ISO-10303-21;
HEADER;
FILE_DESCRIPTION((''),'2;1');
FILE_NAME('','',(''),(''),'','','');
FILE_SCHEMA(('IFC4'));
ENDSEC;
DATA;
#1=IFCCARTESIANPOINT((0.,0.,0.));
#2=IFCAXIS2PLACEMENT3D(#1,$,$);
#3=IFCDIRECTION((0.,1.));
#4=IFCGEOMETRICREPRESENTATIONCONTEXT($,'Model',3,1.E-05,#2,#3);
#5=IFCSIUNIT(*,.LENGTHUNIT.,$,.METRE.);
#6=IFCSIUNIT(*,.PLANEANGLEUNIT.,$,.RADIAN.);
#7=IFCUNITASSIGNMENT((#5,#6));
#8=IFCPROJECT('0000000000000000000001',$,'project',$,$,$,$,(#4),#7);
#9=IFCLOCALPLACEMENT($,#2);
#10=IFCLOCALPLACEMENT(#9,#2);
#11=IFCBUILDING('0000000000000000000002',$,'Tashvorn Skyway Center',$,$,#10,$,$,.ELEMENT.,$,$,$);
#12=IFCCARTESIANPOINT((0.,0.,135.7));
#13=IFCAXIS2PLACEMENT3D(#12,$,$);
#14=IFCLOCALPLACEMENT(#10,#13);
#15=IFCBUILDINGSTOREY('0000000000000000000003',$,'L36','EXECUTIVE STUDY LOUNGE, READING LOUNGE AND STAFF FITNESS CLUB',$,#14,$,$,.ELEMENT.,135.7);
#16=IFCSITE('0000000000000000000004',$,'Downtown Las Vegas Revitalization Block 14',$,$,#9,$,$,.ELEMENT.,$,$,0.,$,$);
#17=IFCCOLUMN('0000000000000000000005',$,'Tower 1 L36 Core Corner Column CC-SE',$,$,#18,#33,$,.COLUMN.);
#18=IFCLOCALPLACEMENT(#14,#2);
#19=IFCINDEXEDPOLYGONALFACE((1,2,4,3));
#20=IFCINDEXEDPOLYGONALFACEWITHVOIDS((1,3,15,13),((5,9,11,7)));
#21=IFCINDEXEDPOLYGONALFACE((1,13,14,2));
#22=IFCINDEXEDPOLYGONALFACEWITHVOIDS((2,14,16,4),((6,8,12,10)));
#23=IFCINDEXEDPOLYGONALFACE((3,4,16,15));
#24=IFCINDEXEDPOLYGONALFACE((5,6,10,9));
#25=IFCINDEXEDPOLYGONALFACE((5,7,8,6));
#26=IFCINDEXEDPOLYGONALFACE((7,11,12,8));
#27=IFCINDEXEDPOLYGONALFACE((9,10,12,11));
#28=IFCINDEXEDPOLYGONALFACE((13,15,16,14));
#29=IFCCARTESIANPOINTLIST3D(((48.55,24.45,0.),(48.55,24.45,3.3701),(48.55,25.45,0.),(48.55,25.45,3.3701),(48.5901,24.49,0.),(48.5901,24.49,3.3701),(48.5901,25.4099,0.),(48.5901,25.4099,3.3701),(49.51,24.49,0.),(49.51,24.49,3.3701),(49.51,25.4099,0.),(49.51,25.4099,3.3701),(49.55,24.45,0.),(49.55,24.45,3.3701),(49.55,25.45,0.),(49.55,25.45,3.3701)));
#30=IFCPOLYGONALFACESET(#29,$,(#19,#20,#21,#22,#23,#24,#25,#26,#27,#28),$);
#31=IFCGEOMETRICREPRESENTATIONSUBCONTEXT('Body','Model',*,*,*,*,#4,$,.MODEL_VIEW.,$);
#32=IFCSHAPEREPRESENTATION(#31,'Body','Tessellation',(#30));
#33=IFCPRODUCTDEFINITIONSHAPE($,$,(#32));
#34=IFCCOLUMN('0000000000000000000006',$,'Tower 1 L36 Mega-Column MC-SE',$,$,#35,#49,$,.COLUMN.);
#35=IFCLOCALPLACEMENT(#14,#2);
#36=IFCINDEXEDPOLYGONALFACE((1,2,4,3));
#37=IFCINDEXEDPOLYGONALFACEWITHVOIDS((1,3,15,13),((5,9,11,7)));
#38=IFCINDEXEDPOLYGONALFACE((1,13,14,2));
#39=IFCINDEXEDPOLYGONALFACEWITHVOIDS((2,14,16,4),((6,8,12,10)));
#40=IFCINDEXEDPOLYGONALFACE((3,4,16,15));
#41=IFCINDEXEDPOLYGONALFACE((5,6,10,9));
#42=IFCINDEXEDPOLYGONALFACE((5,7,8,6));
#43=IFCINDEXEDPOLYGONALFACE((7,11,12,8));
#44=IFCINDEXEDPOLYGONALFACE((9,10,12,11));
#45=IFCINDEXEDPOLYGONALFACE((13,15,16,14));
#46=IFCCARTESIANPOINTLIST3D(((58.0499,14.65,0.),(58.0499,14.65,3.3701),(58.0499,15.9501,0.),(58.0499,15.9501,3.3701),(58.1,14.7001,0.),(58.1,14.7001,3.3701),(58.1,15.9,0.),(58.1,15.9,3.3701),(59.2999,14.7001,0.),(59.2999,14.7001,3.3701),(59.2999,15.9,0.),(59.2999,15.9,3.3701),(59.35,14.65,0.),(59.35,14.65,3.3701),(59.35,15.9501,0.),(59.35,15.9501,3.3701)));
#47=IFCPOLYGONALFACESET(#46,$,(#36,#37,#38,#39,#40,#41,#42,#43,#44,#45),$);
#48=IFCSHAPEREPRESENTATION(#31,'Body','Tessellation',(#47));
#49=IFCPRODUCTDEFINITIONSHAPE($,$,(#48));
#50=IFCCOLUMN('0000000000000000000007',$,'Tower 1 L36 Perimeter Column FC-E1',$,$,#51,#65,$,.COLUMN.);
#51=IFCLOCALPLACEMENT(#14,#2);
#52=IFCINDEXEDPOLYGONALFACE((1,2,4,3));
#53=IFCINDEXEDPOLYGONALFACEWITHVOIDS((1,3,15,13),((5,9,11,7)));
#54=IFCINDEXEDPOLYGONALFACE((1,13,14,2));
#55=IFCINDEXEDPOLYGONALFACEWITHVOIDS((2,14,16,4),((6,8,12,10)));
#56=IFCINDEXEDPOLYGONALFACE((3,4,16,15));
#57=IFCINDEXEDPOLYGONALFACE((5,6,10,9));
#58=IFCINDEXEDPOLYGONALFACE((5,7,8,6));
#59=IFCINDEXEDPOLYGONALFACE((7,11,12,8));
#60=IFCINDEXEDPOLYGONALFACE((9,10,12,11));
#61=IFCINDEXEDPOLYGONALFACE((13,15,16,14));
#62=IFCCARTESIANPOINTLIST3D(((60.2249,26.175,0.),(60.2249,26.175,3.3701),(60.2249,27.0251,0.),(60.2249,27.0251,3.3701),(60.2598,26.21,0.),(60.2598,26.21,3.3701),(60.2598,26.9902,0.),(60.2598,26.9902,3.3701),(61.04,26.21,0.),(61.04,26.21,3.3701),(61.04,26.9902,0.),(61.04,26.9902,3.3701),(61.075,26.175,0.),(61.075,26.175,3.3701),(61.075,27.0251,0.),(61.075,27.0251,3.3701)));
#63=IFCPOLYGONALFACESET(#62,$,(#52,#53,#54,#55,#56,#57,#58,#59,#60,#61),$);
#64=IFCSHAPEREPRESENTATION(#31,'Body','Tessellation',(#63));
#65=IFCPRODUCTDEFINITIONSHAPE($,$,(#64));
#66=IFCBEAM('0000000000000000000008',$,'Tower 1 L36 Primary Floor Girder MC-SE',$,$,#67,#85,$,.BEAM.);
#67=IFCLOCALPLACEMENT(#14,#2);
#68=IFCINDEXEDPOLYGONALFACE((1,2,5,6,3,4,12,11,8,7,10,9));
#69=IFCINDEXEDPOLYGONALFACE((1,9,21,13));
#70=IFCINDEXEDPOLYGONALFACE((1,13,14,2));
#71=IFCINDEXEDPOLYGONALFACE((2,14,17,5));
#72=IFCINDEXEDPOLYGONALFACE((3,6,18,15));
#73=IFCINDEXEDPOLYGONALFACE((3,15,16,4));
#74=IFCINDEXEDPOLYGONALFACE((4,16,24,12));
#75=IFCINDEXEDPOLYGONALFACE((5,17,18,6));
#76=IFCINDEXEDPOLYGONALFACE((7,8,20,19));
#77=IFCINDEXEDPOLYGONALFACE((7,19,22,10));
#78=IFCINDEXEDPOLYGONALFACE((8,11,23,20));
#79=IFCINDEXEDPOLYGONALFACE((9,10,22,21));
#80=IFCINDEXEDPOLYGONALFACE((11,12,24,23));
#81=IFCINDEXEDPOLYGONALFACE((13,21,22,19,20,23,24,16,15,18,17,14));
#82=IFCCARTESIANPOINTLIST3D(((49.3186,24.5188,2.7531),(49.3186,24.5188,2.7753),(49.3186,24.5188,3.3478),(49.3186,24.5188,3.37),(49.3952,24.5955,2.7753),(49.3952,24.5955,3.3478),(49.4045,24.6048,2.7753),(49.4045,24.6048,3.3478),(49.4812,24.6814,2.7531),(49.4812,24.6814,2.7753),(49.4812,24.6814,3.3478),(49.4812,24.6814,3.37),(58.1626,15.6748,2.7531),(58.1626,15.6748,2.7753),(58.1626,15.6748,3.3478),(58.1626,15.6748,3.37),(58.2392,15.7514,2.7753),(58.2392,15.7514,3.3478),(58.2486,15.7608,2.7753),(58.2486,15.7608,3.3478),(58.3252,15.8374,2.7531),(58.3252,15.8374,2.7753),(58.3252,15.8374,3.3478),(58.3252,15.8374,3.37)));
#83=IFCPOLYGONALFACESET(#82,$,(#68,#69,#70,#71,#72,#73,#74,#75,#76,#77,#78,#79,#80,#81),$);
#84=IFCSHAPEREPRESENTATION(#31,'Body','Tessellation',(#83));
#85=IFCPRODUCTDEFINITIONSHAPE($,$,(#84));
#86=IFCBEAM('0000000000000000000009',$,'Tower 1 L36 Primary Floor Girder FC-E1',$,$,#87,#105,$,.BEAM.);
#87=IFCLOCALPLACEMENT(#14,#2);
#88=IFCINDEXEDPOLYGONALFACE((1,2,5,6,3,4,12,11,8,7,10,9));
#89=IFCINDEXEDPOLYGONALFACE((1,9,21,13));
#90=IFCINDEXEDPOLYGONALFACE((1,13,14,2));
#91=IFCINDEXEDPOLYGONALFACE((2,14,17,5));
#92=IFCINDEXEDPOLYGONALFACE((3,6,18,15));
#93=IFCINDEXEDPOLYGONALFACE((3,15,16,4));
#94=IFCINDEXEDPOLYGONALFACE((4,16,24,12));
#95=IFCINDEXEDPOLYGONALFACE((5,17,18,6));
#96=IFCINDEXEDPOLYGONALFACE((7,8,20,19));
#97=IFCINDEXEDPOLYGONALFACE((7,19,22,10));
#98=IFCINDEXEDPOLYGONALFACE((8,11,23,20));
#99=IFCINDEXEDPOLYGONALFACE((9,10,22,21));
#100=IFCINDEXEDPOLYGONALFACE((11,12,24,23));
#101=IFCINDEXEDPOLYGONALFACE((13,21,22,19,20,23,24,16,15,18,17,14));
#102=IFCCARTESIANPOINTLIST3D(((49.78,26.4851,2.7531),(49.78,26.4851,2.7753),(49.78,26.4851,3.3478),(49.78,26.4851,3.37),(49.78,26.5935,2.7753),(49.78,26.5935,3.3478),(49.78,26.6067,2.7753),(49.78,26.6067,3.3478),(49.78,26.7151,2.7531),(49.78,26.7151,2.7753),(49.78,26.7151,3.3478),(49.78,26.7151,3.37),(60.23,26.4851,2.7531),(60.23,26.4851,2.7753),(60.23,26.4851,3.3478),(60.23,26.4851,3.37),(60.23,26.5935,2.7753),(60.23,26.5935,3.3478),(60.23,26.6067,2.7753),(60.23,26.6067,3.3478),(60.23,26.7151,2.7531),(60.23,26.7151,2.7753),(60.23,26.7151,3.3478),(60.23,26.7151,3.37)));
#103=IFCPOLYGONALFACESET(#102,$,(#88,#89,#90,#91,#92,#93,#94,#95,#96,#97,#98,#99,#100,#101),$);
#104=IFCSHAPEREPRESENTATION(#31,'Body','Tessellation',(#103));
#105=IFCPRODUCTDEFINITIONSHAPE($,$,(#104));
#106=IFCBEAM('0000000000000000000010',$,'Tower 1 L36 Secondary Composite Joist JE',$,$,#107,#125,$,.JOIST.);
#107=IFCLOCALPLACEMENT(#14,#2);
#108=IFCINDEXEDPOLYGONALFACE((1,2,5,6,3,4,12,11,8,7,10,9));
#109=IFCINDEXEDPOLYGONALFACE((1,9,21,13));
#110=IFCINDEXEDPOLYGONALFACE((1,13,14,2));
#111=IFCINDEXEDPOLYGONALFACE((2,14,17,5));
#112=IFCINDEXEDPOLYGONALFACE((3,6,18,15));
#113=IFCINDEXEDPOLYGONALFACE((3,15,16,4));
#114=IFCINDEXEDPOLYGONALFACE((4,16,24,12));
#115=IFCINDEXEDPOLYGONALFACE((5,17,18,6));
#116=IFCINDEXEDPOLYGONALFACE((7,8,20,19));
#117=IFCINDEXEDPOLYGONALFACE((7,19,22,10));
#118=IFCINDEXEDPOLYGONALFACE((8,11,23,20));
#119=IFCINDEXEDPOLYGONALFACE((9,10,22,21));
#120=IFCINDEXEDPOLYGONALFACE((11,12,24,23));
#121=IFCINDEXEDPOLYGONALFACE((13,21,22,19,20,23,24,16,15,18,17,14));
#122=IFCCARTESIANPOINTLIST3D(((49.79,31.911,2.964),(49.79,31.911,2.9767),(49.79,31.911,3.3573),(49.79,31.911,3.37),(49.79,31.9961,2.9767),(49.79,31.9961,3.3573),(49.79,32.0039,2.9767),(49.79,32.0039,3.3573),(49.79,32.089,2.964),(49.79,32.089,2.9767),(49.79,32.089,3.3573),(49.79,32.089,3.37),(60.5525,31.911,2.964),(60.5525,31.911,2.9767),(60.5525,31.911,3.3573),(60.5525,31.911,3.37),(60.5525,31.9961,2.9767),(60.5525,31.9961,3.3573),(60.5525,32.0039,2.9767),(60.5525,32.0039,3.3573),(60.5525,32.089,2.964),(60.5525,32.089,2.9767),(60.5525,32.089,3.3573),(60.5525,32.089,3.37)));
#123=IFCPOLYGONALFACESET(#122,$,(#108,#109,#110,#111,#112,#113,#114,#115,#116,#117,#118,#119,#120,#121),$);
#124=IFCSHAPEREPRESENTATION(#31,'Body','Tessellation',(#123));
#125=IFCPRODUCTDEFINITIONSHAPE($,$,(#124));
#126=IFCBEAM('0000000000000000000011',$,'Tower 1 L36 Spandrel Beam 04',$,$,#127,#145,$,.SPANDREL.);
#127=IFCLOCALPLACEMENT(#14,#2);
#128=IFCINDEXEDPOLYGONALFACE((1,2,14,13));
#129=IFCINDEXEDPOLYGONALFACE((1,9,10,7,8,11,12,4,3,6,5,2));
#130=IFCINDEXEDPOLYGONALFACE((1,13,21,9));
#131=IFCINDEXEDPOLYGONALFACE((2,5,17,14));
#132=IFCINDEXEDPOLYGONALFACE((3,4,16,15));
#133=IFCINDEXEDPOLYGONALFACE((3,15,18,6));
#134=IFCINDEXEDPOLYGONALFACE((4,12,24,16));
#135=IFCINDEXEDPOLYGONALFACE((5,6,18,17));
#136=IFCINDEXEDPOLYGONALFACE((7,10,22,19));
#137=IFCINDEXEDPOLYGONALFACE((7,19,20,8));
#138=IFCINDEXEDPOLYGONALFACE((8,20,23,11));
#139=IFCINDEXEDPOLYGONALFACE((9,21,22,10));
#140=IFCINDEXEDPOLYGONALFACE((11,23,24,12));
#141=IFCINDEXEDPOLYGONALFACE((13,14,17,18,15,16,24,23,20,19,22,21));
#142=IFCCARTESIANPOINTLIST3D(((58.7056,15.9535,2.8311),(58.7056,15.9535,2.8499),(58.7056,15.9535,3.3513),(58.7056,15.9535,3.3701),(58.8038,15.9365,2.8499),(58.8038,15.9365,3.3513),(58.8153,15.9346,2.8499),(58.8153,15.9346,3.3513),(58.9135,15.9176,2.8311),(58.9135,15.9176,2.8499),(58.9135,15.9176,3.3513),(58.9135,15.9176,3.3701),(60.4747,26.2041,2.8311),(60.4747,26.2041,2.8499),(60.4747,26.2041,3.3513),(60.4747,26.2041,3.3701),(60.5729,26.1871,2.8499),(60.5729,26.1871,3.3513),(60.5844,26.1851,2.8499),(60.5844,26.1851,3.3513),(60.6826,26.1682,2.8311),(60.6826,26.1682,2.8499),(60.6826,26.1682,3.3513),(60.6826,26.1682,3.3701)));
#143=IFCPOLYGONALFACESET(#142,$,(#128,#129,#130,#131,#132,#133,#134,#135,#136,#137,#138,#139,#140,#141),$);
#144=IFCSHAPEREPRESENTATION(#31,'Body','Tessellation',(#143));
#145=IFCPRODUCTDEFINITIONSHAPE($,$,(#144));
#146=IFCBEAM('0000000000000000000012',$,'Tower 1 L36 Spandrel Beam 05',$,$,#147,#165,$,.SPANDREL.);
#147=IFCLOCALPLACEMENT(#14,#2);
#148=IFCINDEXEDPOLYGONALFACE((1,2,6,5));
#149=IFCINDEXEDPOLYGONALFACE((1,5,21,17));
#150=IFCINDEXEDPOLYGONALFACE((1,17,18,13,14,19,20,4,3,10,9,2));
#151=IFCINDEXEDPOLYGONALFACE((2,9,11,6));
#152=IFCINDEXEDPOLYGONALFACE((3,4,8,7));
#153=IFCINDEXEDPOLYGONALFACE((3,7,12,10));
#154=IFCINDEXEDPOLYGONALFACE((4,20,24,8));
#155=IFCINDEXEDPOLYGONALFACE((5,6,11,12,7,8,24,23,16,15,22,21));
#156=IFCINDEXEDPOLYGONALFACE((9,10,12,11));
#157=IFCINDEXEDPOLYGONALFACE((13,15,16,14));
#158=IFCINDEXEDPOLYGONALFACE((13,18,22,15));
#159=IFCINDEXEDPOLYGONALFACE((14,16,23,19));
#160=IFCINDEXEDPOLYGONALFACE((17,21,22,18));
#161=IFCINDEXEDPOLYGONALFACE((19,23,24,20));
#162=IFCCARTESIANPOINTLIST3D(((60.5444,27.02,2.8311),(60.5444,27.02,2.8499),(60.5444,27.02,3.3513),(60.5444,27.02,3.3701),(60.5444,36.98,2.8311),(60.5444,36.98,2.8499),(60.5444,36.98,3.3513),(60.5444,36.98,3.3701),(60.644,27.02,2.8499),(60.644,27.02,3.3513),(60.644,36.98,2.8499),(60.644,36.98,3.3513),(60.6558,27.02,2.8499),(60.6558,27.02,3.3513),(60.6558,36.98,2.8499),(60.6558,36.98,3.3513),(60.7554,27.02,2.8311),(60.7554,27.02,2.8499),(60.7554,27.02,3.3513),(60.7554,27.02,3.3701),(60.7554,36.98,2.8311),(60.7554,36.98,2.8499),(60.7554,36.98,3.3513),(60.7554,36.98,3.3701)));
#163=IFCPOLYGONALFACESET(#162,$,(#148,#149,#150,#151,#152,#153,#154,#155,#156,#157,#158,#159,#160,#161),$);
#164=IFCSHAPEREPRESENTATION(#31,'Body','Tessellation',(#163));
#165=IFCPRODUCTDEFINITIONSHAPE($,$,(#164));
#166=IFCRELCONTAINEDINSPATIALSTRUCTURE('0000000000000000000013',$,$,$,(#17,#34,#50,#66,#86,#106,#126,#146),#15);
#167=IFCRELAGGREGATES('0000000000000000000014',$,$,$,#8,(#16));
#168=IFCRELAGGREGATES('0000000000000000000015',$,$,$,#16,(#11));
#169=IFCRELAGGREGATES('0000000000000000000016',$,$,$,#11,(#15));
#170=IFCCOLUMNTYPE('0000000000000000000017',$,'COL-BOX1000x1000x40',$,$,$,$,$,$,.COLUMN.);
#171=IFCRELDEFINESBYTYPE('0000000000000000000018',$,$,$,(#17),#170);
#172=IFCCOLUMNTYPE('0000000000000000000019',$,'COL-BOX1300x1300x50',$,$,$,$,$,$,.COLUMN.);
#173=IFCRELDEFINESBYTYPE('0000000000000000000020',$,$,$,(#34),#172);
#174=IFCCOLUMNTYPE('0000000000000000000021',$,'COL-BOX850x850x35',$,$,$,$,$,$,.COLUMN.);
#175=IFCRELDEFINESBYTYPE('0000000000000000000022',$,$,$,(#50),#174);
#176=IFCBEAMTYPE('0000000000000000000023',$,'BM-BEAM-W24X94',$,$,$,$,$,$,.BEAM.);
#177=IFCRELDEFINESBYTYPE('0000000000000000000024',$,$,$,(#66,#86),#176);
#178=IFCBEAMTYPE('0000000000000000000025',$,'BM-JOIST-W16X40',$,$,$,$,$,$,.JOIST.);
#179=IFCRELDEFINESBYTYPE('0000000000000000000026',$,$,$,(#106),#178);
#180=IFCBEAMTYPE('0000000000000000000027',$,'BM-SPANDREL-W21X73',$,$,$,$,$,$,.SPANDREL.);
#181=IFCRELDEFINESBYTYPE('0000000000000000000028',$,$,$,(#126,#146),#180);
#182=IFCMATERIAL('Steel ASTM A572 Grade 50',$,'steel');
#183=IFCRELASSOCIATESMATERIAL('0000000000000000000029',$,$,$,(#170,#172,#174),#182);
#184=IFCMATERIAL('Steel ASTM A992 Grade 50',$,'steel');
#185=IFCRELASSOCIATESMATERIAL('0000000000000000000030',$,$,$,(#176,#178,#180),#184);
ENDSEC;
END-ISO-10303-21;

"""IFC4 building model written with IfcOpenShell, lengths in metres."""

from ifc_helpers import new_model, si_unit, direction, frame, origin, origin_2d, place, context, subcontext, project, spatial, hollow_rectangle, i_section, extrude, material, material_profile, profile_set, type_object, element, save


model = new_model("IFC4")

# Units and contexts
model_context = context("Model", 3, precision=1e-05, world=origin(), true_north=direction((0.0, 1.0)))
body_context = subcontext(model_context, "Body", "Model", "MODEL_VIEW")
ifc_project = project(units=[si_unit("LENGTHUNIT", "METRE"), si_unit("PLANEANGLEUNIT", "RADIAN")], contexts=[model_context])

# Site, building, storey
site_placement = place(None, origin())
site = spatial("IfcSite", under=ifc_project, at=site_placement, Name="Downtown Las Vegas Revitalization Block 14", CompositionType="ELEMENT", RefElevation=0.0)
building_placement = place(site_placement, origin())
building = spatial("IfcBuilding", under=site, at=building_placement, Name="Tashvorn Skyway Center", CompositionType="ELEMENT")
storey_placement = place(building_placement, frame((0.0, 0.0, 135.7)))
storey = spatial("IfcBuildingStorey", under=building, at=storey_placement, Name="L36", Description="EXECUTIVE STUDY LOUNGE, READING LOUNGE AND STAFF FITNESS CLUB", CompositionType="ELEMENT", Elevation=135.7)

# Columns
ifc_material_1 = material(Name="Steel ASTM A572 Grade 50", Category="steel")
ifc_material_profile_1 = material_profile(ifc_material_1, hollow_rectangle(XDim=1.0, YDim=1.0, WallThickness=0.04, at=origin_2d()), Name="BOX1000x1000x40")
ifc_profile_set_1 = profile_set([ifc_material_profile_1], Name="Steel ASTM A572 Grade 50")
column_type_1 = type_object("IfcColumnType", Name="COL-BOX1000x1000x40", PredefinedType="COLUMN", material=ifc_profile_set_1)
column_1_placement = place(storey_placement, frame((49.05, 24.95, 0.0), z_axis=(0.0, 0.0, 1.0), x_axis=(1.0, 0.0, 0.0)))
element("IfcColumn", 1, at=column_1_placement, inside=storey, type_object=column_type_1, Name="Tower 1 L36 Core Corner Column CC-SE", PredefinedType="COLUMN", context=body_context, shape_type="SweptSolid", body=[
    extrude(hollow_rectangle(XDim=1.0, YDim=1.0, WallThickness=0.04, at=origin_2d()), origin(), (0.0, 0.0, 1.0), 3.3701),
])
ifc_material_profile_2 = material_profile(ifc_material_1, hollow_rectangle(XDim=1.3, YDim=1.3, WallThickness=0.05, at=origin_2d()), Name="BOX1300x1300x50")
ifc_profile_set_2 = profile_set([ifc_material_profile_2], Name="Steel ASTM A572 Grade 50")
column_type_2 = type_object("IfcColumnType", Name="COL-BOX1300x1300x50", PredefinedType="COLUMN", material=ifc_profile_set_2)
column_2_placement = place(storey_placement, frame((58.7, 15.3, 0.0), z_axis=(0.0, 0.0, 1.0), x_axis=(1.0, 0.0, 0.0)))
element("IfcColumn", 2, at=column_2_placement, inside=storey, type_object=column_type_2, Name="Tower 1 L36 Mega-Column MC-SE", PredefinedType="COLUMN", context=body_context, shape_type="SweptSolid", body=[
    extrude(hollow_rectangle(XDim=1.3, YDim=1.3, WallThickness=0.05, at=origin_2d()), origin(), (0.0, 0.0, 1.0), 3.3701),
])
ifc_material_profile_3 = material_profile(ifc_material_1, hollow_rectangle(XDim=0.8501, YDim=0.8501, WallThickness=0.0349, at=origin_2d()), Name="BOX850x850x35")
ifc_profile_set_3 = profile_set([ifc_material_profile_3], Name="Steel ASTM A572 Grade 50")
column_type_3 = type_object("IfcColumnType", Name="COL-BOX850x850x35", PredefinedType="COLUMN", material=ifc_profile_set_3)
column_3_placement = place(storey_placement, frame((60.6499, 26.6001, 0.0), z_axis=(0.0, 0.0, 1.0), x_axis=(1.0, 0.0, 0.0)))
element("IfcColumn", 3, at=column_3_placement, inside=storey, type_object=column_type_3, Name="Tower 1 L36 Perimeter Column FC-E1", PredefinedType="COLUMN", context=body_context, shape_type="SweptSolid", body=[
    extrude(hollow_rectangle(XDim=0.8501, YDim=0.8501, WallThickness=0.0349, at=origin_2d()), origin(), (0.0, 0.0, 1.0), 3.3701),
])

# Beams
ifc_material_2 = material(Name="Steel ASTM A992 Grade 50", Category="steel")
ifc_material_profile_4 = material_profile(ifc_material_2, i_section(OverallWidth=0.23, OverallDepth=0.6169, WebThickness=0.0132, FlangeThickness=0.0222, at=origin_2d()), Name="W24X94")
ifc_profile_set_4 = profile_set([ifc_material_profile_4], Name="Steel ASTM A992 Grade 50")
beam_type_1 = type_object("IfcBeamType", Name="BM-BEAM-W24X94", PredefinedType="BEAM", material=ifc_profile_set_4)
beam_1_placement = place(storey_placement, frame((58.2439, 15.7561, 3.0615), z_axis=(-0.707107, 0.707107, 0.0), x_axis=(-0.707107, -0.707107, 0.0)))
element("IfcBeam", 4, at=beam_1_placement, inside=storey, type_object=beam_type_1, Name="Tower 1 L36 Primary Floor Girder MC-SE", PredefinedType="BEAM", context=body_context, shape_type="SweptSolid", body=[
    extrude(i_section(OverallWidth=0.23, OverallDepth=0.6169, WebThickness=0.0132, FlangeThickness=0.0222, at=origin_2d()), origin(), (0.0, 0.0, 1.0), 12.5073),
])
beam_2_placement = place(storey_placement, frame((60.23, 26.6001, 3.0615), z_axis=(-1.0, 0.0, 0.0), x_axis=(0.0, -1.0, 0.0)))
element("IfcBeam", 5, at=beam_2_placement, inside=storey, type_object=beam_type_1, Name="Tower 1 L36 Primary Floor Girder FC-E1", PredefinedType="BEAM", context=body_context, shape_type="SweptSolid", body=[
    extrude(i_section(OverallWidth=0.23, OverallDepth=0.6169, WebThickness=0.0132, FlangeThickness=0.0222, at=origin_2d()), origin(), (0.0, 0.0, 1.0), 10.45),
])
ifc_material_profile_5 = material_profile(ifc_material_2, i_section(OverallWidth=0.178, OverallDepth=0.406, WebThickness=0.0078, FlangeThickness=0.0127, at=origin_2d()), Name="W16X40")
ifc_profile_set_5 = profile_set([ifc_material_profile_5], Name="Steel ASTM A992 Grade 50")
beam_type_2 = type_object("IfcBeamType", Name="BM-JOIST-W16X40", PredefinedType="JOIST", material=ifc_profile_set_5)
beam_3_placement = place(storey_placement, frame((49.79, 32.0, 3.167), z_axis=(1.0, 0.0, 0.0), x_axis=(0.0, 1.0, 0.0)))
element("IfcBeam", 6, at=beam_3_placement, inside=storey, type_object=beam_type_2, Name="Tower 1 L36 Secondary Composite Joist JE", PredefinedType="JOIST", context=body_context, shape_type="SweptSolid", body=[
    extrude(i_section(OverallWidth=0.178, OverallDepth=0.406, WebThickness=0.0078, FlangeThickness=0.0127, at=origin_2d()), origin(), (0.0, 0.0, 1.0), 10.7625),
])
ifc_material_profile_6 = material_profile(ifc_material_2, i_section(OverallWidth=0.2109, OverallDepth=0.5391, WebThickness=0.0117, FlangeThickness=0.0188, at=origin_2d()), Name="W21X73")
ifc_profile_set_6 = profile_set([ifc_material_profile_6], Name="Steel ASTM A992 Grade 50")
beam_type_3 = type_object("IfcBeamType", Name="BM-SPANDREL-W21X73", PredefinedType="SPANDREL", material=ifc_profile_set_6)
beam_4_placement = place(storey_placement, frame((58.8096, 15.9355, 3.1006), z_axis=(0.170067, 0.985432, 0.0), x_axis=(-0.985432, 0.170067, 0.0)))
element("IfcBeam", 7, at=beam_4_placement, inside=storey, type_object=beam_type_3, Name="Tower 1 L36 Spandrel Beam 04", PredefinedType="SPANDREL", context=body_context, shape_type="SweptSolid", body=[
    extrude(i_section(OverallWidth=0.2109, OverallDepth=0.5391, WebThickness=0.0117, FlangeThickness=0.0188, at=origin_2d()), origin(), (0.0, 0.0, 1.0), 10.4021),
])
beam_5_placement = place(storey_placement, frame((60.6499, 27.02, 3.1006), z_axis=(0.0, 1.0, 0.0), x_axis=(-1.0, 0.0, 0.0)))
element("IfcBeam", 8, at=beam_5_placement, inside=storey, type_object=beam_type_3, Name="Tower 1 L36 Spandrel Beam 05", PredefinedType="SPANDREL", context=body_context, shape_type="SweptSolid", body=[
    extrude(i_section(OverallWidth=0.2109, OverallDepth=0.5391, WebThickness=0.0117, FlangeThickness=0.0188, at=origin_2d()), origin(), (0.0, 0.0, 1.0), 9.96),
])

save(model, "model.ifc")
